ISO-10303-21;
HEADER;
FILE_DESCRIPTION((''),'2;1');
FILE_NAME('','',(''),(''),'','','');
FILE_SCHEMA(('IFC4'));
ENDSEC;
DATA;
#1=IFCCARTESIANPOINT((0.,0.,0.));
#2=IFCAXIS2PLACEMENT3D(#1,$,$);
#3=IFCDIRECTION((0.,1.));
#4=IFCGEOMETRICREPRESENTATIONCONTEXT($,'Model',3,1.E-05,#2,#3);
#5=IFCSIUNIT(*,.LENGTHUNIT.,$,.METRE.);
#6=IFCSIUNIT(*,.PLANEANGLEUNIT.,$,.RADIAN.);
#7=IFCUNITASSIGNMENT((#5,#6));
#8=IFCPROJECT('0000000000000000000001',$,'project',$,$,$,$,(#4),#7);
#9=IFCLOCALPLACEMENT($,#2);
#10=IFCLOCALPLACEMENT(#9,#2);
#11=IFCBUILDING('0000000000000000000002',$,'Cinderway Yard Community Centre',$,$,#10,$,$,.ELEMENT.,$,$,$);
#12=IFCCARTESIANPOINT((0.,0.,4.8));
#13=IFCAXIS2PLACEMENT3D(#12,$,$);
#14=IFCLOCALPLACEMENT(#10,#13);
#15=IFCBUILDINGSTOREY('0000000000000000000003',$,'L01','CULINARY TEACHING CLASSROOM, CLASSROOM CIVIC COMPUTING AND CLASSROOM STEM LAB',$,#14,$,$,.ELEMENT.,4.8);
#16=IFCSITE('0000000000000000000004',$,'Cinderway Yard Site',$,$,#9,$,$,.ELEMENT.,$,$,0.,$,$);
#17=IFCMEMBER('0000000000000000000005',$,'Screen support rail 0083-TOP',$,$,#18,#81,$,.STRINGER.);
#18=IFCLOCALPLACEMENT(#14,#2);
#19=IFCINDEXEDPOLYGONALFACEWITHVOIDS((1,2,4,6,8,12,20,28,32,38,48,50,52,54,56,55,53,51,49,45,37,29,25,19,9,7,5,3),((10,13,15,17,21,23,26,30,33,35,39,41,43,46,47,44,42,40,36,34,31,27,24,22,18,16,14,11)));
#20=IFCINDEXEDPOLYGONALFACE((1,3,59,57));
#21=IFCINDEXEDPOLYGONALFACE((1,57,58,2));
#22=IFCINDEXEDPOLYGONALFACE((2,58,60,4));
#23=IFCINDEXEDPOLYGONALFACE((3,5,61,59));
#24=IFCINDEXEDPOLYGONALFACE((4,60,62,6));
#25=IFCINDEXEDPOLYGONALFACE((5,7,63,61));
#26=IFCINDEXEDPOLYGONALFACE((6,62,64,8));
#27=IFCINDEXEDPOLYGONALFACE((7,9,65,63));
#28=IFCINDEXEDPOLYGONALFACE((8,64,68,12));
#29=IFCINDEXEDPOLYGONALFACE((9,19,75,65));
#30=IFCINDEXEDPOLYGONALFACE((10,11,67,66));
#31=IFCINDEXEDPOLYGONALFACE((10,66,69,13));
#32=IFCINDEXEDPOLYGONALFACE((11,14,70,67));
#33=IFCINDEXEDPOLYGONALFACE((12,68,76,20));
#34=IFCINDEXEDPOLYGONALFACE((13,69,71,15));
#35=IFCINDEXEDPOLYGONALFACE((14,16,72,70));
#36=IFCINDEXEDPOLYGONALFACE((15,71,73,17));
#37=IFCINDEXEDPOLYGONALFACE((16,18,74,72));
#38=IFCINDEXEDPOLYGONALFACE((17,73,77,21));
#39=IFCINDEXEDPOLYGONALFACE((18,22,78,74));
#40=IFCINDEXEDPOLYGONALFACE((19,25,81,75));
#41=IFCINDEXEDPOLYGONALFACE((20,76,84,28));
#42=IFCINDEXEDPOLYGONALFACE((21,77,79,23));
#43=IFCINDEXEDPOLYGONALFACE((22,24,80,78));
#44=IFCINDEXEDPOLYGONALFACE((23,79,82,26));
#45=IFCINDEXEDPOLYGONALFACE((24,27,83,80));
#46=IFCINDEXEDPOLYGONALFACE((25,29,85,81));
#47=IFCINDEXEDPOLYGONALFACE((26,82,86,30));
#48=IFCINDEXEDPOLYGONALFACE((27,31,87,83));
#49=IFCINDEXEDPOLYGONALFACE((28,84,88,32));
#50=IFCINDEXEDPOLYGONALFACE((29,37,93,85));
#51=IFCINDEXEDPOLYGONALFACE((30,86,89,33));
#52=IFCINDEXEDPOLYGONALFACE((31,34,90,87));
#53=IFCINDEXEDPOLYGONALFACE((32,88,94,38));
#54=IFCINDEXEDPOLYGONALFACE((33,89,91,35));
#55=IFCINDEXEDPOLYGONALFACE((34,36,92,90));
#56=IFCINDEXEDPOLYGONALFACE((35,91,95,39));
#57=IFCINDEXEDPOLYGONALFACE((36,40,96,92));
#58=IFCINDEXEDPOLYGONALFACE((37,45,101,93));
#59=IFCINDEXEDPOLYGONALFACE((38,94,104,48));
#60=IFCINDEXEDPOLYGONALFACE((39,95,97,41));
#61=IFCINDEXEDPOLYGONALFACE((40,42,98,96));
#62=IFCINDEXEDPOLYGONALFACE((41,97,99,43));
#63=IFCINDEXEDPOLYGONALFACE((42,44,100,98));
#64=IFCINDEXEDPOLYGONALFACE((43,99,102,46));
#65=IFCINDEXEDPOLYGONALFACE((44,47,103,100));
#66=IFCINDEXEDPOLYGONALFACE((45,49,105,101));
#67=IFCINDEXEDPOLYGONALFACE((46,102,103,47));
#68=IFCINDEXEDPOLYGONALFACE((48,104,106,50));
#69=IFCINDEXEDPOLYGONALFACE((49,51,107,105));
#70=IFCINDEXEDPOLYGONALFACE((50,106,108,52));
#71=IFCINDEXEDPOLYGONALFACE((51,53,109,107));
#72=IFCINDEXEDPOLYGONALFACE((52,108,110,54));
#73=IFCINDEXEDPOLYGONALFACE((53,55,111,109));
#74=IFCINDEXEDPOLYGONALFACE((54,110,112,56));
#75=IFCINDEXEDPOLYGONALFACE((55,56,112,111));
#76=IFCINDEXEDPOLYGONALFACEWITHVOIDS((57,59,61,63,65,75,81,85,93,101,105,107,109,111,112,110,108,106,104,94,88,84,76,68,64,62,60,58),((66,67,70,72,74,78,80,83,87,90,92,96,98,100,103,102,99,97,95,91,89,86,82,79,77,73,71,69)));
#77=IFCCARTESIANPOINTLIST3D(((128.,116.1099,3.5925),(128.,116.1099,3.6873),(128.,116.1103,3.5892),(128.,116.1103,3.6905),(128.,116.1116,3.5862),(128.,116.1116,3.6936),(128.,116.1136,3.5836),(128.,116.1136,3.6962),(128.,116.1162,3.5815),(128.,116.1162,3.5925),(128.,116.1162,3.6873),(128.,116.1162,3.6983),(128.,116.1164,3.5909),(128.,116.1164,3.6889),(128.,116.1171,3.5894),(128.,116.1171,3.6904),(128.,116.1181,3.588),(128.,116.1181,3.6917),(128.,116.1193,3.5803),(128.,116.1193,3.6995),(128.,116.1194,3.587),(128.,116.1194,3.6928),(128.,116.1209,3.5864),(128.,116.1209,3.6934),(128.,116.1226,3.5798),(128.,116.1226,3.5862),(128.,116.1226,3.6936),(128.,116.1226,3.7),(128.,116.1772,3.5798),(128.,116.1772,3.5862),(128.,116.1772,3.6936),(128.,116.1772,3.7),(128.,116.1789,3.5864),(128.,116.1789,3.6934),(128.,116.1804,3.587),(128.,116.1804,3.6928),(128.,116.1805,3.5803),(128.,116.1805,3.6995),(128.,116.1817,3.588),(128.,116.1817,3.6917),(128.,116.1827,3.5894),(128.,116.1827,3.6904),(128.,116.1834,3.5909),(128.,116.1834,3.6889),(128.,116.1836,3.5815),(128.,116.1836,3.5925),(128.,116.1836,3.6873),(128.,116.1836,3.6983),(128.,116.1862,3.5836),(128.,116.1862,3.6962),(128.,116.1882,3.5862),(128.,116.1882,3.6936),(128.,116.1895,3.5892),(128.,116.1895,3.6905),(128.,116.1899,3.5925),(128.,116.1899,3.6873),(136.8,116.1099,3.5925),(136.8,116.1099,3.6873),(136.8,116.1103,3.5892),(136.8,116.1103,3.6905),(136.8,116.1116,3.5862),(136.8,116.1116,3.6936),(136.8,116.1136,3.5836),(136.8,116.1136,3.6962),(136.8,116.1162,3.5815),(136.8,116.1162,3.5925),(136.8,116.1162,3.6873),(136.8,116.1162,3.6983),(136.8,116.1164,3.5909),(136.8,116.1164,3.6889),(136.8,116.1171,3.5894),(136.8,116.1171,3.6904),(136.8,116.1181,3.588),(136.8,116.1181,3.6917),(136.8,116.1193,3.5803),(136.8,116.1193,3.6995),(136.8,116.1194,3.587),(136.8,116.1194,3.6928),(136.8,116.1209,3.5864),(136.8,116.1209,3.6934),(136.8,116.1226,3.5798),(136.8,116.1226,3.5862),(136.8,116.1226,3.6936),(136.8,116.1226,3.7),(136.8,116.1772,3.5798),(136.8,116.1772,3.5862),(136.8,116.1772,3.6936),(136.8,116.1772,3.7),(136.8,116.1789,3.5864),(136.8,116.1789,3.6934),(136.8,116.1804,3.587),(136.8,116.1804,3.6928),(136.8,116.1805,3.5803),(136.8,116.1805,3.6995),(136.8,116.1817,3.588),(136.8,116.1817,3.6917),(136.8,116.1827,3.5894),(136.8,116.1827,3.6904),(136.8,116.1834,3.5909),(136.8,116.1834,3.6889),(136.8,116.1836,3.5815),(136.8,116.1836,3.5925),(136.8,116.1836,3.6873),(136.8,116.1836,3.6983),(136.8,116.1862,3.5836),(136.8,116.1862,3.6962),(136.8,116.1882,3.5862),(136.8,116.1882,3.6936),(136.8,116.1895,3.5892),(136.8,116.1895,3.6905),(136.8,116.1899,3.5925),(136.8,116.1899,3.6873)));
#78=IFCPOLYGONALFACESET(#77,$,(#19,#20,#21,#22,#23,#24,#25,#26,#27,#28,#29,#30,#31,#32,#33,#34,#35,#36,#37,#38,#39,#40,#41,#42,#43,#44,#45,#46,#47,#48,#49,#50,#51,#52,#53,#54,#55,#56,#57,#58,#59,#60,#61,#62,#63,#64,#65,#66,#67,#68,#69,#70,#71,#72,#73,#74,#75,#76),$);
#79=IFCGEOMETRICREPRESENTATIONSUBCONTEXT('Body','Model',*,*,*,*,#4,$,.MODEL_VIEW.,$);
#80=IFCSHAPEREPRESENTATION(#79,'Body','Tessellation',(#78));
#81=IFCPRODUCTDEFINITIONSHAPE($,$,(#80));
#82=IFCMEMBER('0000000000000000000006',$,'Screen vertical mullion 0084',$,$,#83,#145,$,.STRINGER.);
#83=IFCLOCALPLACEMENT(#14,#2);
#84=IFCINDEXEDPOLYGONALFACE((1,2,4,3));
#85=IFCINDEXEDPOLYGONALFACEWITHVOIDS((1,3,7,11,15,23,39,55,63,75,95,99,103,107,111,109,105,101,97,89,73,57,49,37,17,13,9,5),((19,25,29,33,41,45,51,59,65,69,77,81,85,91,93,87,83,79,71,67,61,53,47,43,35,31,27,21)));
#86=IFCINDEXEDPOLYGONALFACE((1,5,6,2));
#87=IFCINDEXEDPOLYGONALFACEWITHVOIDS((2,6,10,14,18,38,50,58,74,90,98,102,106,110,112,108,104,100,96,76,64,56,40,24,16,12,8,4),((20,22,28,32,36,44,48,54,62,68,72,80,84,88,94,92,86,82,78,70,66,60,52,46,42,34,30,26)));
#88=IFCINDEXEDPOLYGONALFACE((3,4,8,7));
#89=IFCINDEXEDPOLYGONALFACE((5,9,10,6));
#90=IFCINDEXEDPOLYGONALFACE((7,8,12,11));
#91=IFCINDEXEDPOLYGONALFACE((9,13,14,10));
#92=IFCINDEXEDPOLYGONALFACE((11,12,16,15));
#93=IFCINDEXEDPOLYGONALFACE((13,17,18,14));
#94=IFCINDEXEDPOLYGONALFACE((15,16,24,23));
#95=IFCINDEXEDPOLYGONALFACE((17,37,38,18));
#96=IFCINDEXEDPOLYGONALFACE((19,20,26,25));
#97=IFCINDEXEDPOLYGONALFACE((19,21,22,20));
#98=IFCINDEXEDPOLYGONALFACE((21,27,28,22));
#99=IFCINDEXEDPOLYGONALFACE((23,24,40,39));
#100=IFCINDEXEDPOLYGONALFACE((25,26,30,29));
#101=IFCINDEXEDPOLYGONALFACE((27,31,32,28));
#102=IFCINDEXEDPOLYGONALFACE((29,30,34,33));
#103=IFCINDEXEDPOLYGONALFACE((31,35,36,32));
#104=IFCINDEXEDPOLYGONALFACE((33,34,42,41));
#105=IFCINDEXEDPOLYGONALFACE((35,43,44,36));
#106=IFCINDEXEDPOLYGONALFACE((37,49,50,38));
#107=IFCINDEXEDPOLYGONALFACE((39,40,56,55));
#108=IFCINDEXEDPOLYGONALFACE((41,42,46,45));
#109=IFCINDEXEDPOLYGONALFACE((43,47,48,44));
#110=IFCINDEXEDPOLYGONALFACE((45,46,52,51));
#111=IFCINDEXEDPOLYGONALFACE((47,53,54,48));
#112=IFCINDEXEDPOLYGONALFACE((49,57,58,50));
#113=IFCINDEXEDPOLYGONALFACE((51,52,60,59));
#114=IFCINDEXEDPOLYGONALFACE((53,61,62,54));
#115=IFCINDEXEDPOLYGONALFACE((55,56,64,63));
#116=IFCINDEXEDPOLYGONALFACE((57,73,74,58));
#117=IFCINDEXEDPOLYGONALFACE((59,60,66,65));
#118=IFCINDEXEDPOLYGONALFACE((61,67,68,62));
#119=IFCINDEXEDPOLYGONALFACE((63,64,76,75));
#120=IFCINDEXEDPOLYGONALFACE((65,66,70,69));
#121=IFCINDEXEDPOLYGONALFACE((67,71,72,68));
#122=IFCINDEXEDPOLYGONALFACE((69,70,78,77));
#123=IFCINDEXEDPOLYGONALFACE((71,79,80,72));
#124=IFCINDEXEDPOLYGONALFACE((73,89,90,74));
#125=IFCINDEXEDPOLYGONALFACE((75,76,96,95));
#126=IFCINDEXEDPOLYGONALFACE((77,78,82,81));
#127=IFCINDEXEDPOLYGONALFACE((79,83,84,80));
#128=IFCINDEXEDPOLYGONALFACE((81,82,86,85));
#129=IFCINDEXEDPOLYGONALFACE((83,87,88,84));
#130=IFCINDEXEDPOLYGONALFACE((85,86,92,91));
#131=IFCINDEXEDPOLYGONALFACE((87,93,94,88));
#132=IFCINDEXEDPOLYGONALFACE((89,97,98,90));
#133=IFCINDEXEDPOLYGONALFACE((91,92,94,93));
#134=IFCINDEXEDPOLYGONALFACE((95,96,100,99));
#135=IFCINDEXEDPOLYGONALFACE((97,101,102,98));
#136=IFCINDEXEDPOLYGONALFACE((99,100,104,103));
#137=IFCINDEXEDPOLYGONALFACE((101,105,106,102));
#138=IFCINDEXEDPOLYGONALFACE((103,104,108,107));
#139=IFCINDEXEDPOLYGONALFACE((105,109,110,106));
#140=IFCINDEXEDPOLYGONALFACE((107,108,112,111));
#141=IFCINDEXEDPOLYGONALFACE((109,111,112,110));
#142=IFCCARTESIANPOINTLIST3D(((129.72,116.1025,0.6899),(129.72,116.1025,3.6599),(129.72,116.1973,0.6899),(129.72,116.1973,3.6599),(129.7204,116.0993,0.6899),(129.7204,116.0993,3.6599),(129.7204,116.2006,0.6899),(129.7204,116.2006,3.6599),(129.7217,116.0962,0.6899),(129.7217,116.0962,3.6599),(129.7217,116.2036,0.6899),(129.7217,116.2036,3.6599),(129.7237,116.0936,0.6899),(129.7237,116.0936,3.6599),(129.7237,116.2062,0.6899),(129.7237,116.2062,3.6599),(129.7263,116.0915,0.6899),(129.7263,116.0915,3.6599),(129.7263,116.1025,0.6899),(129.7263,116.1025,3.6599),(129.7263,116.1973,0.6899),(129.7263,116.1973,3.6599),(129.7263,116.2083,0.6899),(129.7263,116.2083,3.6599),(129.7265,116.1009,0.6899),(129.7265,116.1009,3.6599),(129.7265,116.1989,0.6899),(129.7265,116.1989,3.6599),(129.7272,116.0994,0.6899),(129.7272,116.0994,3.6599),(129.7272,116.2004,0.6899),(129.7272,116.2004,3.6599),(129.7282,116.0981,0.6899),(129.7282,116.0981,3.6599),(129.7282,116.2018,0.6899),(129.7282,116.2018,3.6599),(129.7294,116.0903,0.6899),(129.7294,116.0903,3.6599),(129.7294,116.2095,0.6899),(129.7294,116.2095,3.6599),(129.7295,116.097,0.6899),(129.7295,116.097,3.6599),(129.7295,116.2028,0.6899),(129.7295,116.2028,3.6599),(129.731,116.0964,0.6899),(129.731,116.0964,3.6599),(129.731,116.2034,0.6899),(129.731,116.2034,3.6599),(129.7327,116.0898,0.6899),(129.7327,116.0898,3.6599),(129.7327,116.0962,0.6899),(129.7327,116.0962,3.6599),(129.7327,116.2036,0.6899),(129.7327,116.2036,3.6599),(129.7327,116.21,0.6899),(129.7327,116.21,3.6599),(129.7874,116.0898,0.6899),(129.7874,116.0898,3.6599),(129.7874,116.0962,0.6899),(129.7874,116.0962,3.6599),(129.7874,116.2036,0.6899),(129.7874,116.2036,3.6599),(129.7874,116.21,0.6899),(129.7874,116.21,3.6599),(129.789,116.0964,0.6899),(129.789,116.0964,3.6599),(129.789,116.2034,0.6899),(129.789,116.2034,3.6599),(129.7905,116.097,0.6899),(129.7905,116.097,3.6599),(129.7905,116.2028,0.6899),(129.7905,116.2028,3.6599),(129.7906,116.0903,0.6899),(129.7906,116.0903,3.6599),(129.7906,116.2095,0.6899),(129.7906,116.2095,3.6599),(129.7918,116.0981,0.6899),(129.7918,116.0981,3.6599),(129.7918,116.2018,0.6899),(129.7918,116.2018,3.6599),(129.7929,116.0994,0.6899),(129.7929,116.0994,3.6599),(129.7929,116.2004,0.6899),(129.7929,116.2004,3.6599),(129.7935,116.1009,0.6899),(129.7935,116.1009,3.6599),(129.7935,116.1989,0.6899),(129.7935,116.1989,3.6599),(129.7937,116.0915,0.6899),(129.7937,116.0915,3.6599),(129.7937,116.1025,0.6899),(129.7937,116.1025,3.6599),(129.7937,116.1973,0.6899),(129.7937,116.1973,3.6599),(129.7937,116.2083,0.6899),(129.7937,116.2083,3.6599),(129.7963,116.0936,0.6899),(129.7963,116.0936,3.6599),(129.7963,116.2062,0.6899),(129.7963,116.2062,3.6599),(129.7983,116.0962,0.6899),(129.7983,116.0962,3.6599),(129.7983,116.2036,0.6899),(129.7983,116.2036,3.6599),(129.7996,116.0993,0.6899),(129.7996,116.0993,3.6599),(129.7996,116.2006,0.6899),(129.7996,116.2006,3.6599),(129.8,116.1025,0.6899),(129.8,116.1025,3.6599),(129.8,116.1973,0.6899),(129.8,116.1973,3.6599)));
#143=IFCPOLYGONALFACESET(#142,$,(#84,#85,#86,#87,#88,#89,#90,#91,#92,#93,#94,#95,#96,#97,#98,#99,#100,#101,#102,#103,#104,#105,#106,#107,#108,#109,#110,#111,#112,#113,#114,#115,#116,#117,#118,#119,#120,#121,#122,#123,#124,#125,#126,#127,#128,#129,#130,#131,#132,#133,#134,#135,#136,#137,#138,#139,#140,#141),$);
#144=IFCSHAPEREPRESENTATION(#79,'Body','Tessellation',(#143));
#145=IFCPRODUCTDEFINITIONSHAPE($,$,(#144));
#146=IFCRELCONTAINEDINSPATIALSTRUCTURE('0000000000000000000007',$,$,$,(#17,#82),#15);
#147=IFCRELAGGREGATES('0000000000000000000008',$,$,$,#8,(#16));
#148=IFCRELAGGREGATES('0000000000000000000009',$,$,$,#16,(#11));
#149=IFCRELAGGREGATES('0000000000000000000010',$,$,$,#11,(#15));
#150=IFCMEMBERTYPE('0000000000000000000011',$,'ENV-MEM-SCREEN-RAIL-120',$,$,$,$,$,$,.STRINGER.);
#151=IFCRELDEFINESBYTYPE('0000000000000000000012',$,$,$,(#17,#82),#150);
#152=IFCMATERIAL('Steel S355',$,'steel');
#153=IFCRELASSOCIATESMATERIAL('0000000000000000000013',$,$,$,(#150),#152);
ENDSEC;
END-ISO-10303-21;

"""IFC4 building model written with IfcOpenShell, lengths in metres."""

from ifc_helpers import new_model, si_unit, direction, frame, origin, origin_2d, place, context, subcontext, project, spatial, hollow_rectangle, extrude, material, material_profile, profile_set, type_object, element, save


model = new_model("IFC4")

# Units and contexts
model_context = context("Model", 3, precision=1e-05, world=origin(), true_north=direction((0.0, 1.0)))
body_context = subcontext(model_context, "Body", "Model", "MODEL_VIEW")
ifc_project = project(units=[si_unit("LENGTHUNIT", "METRE"), si_unit("PLANEANGLEUNIT", "RADIAN")], contexts=[model_context])

# Site, building, storey
site_placement = place(None, origin())
site = spatial("IfcSite", under=ifc_project, at=site_placement, Name="Cinderway Yard Site", CompositionType="ELEMENT", RefElevation=0.0)
building_placement = place(site_placement, origin())
building = spatial("IfcBuilding", under=site, at=building_placement, Name="Cinderway Yard Community Centre", CompositionType="ELEMENT")
storey_placement = place(building_placement, frame((0.0, 0.0, 4.8)))
storey = spatial("IfcBuildingStorey", under=building, at=storey_placement, Name="L01", Description="CULINARY TEACHING CLASSROOM, CLASSROOM CIVIC COMPUTING AND CLASSROOM STEM LAB", CompositionType="ELEMENT", Elevation=4.8)

# Members
ifc_material_1 = material(Name="Steel S355", Category="steel")
ifc_material_profile_1 = material_profile(ifc_material_1, hollow_rectangle(XDim=0.0801, YDim=0.1201, WallThickness=0.0063, InnerFilletRadius=0.0063, OuterFilletRadius=0.0127, at=origin_2d()), Name="Steel S355")
ifc_profile_set_1 = profile_set([ifc_material_profile_1], Name="Steel S355")
member_type_1 = type_object("IfcMemberType", Name="ENV-MEM-SCREEN-RAIL-120", PredefinedType="STRINGER", material=ifc_profile_set_1)
for number, where, z_axis, x_axis, name in (
    (1, (128.0, 116.1499, 3.6399), (1.0, 0.0, 0.0), (0.0, 1.0, 0.0), "Screen support rail 0083-TOP"),
):
    element("IfcMember", number, at=place(storey_placement, frame(where, z_axis=z_axis, x_axis=x_axis)), inside=storey, type_object=member_type_1, Name=name, PredefinedType="STRINGER", context=body_context, shape_type="SweptSolid", body=[
        extrude(hollow_rectangle(XDim=0.0801, YDim=0.1201, WallThickness=0.0063, InnerFilletRadius=0.0063, OuterFilletRadius=0.0127, at=origin_2d()), origin(), (0.0, 0.0, 1.0), 8.8),
    ])
for number, where, z_axis, x_axis, name in (
    (2, (129.76, 116.1499, 0.6899), (0.0, 0.0, 1.0), (1.0, 0.0, 0.0), "Screen vertical mullion 0084"),
):
    element("IfcMember", number, at=place(storey_placement, frame(where, z_axis=z_axis, x_axis=x_axis)), inside=storey, type_object=member_type_1, Name=name, PredefinedType="STRINGER", context=body_context, shape_type="SweptSolid", body=[
        extrude(hollow_rectangle(XDim=0.0801, YDim=0.1201, WallThickness=0.0063, InnerFilletRadius=0.0063, OuterFilletRadius=0.0127, at=origin_2d()), origin(), (0.0, 0.0, 1.0), 2.97),
    ])

save(model, "model.ifc")
